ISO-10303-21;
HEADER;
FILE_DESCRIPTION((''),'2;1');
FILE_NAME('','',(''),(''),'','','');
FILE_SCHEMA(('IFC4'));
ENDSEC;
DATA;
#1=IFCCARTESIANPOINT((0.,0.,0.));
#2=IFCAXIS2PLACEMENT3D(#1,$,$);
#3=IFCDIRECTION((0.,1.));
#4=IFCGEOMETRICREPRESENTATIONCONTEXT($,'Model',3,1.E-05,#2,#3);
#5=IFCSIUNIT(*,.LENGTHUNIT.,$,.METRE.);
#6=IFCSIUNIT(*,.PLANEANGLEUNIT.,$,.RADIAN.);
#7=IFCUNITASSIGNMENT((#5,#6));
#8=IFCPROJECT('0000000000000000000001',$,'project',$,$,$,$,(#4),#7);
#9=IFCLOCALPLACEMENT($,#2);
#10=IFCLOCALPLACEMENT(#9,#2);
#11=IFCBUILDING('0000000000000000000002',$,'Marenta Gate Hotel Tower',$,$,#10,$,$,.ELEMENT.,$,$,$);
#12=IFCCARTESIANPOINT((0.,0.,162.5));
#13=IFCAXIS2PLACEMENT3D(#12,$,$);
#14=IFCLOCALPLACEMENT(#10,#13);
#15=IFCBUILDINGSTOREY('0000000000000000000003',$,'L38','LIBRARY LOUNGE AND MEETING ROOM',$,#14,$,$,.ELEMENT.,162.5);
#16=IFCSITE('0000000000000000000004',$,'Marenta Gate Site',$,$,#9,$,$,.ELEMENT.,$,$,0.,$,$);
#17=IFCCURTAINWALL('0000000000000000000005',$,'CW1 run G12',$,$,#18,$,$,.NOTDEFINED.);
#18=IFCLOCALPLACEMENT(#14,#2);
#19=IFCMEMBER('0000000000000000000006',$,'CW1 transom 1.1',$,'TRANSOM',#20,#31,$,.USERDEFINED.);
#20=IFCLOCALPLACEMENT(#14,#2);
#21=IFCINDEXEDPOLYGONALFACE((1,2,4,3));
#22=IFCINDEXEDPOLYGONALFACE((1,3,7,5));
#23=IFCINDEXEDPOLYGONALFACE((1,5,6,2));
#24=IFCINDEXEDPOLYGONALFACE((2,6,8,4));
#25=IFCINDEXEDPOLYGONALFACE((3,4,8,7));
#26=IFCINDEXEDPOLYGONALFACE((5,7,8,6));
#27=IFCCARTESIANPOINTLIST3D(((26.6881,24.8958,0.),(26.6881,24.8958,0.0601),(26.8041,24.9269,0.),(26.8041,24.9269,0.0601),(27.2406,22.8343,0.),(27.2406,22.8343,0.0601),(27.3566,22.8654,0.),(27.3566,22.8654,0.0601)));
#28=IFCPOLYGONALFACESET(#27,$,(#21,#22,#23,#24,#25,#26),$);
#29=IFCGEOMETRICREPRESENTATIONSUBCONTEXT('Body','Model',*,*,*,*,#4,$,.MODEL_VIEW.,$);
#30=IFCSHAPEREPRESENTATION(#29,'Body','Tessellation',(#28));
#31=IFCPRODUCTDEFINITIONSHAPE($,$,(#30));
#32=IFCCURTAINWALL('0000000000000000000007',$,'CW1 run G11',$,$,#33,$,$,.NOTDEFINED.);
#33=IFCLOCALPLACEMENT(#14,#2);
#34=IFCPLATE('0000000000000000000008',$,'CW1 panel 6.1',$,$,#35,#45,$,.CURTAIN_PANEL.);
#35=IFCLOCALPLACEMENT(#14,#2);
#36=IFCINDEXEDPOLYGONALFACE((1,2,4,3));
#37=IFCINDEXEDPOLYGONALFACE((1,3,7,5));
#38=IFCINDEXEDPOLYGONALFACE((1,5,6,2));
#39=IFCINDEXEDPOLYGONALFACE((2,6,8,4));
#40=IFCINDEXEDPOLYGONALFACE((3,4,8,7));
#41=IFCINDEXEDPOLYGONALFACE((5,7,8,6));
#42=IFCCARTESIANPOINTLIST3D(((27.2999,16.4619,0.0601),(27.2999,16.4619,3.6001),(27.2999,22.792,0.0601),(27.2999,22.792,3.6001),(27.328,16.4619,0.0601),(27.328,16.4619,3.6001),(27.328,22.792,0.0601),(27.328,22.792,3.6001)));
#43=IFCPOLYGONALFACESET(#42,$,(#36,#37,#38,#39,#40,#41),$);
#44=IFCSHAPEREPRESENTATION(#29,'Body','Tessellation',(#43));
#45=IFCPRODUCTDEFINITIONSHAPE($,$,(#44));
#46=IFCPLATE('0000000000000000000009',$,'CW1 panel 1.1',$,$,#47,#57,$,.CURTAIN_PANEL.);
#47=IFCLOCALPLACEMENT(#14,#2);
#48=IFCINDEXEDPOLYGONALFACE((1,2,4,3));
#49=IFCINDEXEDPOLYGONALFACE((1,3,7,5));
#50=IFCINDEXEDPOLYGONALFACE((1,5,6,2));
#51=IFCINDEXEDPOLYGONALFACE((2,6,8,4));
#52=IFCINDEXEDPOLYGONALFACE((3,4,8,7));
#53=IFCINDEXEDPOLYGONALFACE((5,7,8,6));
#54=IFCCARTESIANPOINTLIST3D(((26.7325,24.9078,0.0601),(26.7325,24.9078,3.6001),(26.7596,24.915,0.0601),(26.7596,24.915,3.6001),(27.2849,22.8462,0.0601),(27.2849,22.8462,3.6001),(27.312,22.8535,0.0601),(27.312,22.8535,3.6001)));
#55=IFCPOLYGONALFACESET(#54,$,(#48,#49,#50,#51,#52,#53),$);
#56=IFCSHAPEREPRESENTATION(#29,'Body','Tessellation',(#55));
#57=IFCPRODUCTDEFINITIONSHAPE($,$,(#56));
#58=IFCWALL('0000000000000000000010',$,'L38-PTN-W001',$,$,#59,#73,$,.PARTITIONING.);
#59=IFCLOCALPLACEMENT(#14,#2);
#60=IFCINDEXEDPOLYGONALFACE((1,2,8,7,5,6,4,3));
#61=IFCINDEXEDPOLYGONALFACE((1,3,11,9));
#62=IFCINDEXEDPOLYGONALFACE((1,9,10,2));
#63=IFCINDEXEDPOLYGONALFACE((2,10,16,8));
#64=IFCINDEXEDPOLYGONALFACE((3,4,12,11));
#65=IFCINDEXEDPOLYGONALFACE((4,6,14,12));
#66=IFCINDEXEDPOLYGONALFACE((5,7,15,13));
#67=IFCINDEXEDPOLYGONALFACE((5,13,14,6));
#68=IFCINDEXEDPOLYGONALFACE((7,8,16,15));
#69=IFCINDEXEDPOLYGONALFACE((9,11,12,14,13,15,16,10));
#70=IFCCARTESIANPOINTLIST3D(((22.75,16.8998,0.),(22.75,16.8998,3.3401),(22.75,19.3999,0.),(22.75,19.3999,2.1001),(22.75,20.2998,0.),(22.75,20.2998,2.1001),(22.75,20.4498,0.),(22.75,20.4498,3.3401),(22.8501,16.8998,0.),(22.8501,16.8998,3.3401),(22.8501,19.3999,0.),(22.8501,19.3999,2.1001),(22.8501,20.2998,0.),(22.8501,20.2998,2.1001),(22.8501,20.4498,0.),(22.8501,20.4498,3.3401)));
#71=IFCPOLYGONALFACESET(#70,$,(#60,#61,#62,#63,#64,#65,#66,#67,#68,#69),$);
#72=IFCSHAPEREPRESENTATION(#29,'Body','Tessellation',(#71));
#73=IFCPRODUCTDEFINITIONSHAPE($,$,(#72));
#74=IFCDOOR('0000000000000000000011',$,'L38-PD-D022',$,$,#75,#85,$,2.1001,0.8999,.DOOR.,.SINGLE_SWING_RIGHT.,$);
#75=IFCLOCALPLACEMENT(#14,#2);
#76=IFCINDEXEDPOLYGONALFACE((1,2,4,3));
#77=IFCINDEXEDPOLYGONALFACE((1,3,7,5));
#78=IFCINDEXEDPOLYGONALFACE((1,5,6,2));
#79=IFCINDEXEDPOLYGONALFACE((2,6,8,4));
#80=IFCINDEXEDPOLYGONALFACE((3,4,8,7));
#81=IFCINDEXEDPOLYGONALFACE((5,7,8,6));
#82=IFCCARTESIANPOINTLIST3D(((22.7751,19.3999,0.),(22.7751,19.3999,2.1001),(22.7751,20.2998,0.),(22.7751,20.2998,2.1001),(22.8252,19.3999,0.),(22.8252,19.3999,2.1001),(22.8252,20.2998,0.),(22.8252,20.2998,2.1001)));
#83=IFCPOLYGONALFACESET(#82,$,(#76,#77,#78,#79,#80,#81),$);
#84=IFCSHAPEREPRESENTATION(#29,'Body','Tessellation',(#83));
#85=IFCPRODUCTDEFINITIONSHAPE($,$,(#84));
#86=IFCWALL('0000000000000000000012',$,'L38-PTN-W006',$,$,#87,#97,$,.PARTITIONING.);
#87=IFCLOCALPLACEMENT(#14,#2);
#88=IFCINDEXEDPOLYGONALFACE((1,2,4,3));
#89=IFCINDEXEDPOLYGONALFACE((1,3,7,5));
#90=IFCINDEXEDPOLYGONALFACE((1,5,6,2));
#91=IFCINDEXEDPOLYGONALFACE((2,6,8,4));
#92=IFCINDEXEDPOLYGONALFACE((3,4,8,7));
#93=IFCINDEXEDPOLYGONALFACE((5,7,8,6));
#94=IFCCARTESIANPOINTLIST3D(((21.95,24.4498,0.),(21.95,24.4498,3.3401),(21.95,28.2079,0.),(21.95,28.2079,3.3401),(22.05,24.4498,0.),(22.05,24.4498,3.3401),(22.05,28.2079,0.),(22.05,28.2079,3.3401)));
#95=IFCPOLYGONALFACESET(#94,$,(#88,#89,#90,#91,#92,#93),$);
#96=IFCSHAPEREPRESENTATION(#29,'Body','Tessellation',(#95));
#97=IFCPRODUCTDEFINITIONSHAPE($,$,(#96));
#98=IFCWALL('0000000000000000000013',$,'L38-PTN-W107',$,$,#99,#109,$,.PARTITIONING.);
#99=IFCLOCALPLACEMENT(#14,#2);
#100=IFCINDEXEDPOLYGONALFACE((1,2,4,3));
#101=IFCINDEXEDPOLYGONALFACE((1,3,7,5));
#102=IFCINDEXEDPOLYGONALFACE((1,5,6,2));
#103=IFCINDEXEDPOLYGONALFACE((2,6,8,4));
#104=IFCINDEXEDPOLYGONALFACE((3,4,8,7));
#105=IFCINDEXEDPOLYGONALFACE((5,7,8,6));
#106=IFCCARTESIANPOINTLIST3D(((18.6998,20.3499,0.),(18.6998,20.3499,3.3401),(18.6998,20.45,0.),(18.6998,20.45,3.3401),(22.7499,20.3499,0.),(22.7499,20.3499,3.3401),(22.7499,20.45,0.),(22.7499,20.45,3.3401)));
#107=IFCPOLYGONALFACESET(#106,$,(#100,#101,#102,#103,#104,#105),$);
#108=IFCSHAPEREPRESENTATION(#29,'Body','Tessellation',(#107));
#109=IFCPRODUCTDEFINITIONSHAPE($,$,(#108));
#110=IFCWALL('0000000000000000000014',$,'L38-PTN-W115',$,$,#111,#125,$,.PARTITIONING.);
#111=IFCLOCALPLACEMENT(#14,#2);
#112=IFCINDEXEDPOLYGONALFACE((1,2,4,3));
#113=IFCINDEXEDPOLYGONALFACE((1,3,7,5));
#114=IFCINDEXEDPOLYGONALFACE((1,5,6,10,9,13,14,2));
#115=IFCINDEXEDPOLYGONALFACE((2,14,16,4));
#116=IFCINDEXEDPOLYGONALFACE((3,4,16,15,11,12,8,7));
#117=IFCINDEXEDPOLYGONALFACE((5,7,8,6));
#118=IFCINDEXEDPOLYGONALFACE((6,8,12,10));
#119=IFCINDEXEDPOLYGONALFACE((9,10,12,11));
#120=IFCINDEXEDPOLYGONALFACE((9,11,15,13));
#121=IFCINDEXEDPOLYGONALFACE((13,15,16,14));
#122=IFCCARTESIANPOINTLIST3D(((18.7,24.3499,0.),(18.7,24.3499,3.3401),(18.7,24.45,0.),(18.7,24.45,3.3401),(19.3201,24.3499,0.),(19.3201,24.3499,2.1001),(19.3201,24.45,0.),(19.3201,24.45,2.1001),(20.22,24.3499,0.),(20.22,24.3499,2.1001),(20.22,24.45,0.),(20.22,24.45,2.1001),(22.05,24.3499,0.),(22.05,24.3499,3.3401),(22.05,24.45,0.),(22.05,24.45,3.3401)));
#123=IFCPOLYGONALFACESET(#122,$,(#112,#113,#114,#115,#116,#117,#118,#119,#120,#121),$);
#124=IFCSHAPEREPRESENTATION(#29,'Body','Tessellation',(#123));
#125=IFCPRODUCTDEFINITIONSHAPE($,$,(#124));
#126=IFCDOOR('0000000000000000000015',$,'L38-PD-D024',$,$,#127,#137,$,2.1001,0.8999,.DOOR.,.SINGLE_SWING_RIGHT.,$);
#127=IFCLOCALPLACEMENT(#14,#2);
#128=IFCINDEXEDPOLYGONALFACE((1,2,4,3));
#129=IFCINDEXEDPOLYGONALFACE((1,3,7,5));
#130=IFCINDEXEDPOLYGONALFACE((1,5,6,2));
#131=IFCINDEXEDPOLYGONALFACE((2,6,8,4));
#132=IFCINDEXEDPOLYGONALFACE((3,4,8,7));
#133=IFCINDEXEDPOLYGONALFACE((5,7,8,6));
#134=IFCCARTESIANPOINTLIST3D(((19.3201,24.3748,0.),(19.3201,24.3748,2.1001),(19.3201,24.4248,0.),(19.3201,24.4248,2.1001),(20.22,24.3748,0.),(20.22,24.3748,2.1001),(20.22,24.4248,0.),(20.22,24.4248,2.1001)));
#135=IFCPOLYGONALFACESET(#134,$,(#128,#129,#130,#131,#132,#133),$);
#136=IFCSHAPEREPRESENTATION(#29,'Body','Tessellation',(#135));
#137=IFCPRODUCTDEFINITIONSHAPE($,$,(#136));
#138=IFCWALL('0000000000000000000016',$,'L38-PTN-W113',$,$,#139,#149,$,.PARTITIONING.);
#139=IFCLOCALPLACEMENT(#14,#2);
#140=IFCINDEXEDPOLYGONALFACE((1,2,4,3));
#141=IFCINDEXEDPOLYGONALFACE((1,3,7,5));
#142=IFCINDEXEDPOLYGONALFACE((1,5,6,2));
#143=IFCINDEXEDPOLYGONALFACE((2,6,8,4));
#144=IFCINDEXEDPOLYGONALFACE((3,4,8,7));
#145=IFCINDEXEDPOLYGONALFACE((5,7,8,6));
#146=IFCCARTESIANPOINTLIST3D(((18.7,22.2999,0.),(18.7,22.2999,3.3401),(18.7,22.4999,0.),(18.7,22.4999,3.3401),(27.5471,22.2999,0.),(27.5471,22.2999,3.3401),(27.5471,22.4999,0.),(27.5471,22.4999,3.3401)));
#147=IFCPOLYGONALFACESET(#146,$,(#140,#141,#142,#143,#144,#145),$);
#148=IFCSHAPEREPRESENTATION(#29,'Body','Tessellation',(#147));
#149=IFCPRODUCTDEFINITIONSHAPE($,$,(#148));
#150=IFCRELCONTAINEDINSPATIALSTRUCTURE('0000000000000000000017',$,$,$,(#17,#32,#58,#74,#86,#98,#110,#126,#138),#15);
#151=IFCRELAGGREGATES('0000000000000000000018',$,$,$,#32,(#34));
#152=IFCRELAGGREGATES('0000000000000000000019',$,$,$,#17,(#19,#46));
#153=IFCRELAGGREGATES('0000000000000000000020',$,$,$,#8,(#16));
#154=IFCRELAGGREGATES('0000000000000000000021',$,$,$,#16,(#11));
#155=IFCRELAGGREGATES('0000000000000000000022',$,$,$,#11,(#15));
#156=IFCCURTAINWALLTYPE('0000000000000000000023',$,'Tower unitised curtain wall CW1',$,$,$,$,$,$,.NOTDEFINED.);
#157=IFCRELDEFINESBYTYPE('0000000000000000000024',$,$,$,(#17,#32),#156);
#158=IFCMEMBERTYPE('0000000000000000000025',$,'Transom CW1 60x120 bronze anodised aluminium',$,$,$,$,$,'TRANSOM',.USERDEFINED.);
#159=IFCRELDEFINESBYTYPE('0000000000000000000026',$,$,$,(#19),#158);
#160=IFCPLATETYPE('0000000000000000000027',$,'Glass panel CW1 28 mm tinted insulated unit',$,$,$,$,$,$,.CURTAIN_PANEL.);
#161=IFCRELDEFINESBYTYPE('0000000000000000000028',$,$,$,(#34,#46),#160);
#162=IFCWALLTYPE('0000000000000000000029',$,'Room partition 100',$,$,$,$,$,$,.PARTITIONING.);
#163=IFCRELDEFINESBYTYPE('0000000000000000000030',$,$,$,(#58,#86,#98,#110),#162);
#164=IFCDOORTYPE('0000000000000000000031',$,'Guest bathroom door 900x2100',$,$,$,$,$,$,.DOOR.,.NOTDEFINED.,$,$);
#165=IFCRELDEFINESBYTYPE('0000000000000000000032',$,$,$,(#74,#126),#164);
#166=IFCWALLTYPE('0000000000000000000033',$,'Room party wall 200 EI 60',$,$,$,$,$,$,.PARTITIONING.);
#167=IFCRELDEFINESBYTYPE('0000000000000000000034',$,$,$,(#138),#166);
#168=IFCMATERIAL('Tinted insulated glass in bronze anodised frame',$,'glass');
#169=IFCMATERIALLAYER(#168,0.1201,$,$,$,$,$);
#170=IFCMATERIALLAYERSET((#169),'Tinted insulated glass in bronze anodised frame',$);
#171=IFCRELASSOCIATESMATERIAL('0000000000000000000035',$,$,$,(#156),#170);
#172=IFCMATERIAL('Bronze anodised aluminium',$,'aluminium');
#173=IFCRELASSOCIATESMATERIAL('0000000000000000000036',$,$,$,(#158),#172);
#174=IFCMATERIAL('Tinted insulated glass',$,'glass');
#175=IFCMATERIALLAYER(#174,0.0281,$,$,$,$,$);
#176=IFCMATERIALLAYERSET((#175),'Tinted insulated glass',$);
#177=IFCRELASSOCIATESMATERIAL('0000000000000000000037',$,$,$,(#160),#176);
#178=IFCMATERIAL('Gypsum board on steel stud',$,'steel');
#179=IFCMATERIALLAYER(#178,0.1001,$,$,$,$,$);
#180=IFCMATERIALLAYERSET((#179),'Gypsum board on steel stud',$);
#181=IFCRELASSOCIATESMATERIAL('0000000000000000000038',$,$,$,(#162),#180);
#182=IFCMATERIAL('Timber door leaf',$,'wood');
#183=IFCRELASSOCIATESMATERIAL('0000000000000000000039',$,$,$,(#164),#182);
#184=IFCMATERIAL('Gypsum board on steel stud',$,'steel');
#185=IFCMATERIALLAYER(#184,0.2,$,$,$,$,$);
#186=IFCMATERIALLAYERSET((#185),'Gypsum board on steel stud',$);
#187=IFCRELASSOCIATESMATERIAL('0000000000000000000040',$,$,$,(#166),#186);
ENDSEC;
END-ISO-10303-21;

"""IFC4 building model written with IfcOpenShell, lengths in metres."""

from ifc_helpers import new_model, si_unit, direction, frame, frame_2d, origin, origin_2d, place, context, subcontext, project, spatial, rectangle, extrude, material, layer, layer_set, material_profile, profile_set, type_object, element, fill, aggregate, save


model = new_model("IFC4")

# Units and contexts
model_context = context("Model", 3, precision=1e-05, world=origin(), true_north=direction((0.0, 1.0)))
body_context = subcontext(model_context, "Body", "Model", "MODEL_VIEW")
ifc_project = project(units=[si_unit("LENGTHUNIT", "METRE"), si_unit("PLANEANGLEUNIT", "RADIAN")], contexts=[model_context])

# Site, building, storey
site_placement = place(None, origin())
site = spatial("IfcSite", under=ifc_project, at=site_placement, Name="Marenta Gate Site", CompositionType="ELEMENT", RefElevation=0.0)
building_placement = place(site_placement, origin())
building = spatial("IfcBuilding", under=site, at=building_placement, Name="Marenta Gate Hotel Tower", CompositionType="ELEMENT")
storey_placement = place(building_placement, frame((0.0, 0.0, 162.5)))
storey = spatial("IfcBuildingStorey", under=building, at=storey_placement, Name="L38", Description="LIBRARY LOUNGE AND MEETING ROOM", CompositionType="ELEMENT", Elevation=162.5)

# Curtain wall
ifc_material_1 = material(Name="Tinted insulated glass in bronze anodised frame", Category="glass")
ifc_layer_1 = layer(ifc_material_1, 0.1201)
ifc_layer_set_1 = layer_set([ifc_layer_1], Name="Tinted insulated glass in bronze anodised frame")
curtain_wall_type = type_object("IfcCurtainWallType", Name="Tower unitised curtain wall CW1", PredefinedType="NOTDEFINED", material=ifc_layer_set_1)
curtain_wall_1_placement = place(storey_placement, origin())
curtain_wall_1 = element("IfcCurtainWall", 1, at=curtain_wall_1_placement, inside=storey, type_object=curtain_wall_type, Name="CW1 run G12", PredefinedType="NOTDEFINED")

# Member
ifc_material_2 = material(Name="Bronze anodised aluminium", Category="aluminium")
ifc_material_profile_1 = material_profile(ifc_material_2, rectangle(XDim=0.1201, YDim=0.0601, at=origin_2d()), Name="Transom CW1 60x120 bronze anodised aluminium")
ifc_profile_set_1 = profile_set([ifc_material_profile_1], Name="Bronze anodised aluminium")
member_type_1 = type_object("IfcMemberType", Name="Transom CW1 60x120 bronze anodised aluminium", ElementType="TRANSOM", PredefinedType="USERDEFINED", material=ifc_profile_set_1)
member_1_placement = place(storey_placement, frame((27.2986, 22.8499, 0.03), z_axis=(-0.258866, 0.965913, 0.0), x_axis=(-0.965913, -0.258866, 0.0)))
member_1 = element("IfcMember", 2, at=member_1_placement, type_object=member_type_1, Name="CW1 transom 1.1", ObjectType="TRANSOM", PredefinedType="USERDEFINED", context=body_context, shape_type="SweptSolid", body=[
    extrude(rectangle(XDim=0.1201, YDim=0.0601, at=origin_2d()), origin(), (0.0, 0.0, 1.0), 2.1343),
])

# Curtain wall, plate
curtain_wall_2_placement = place(storey_placement, origin())
curtain_wall_2 = element("IfcCurtainWall", 3, at=curtain_wall_2_placement, inside=storey, type_object=curtain_wall_type, Name="CW1 run G11", PredefinedType="NOTDEFINED")
ifc_material_3 = material(Name="Tinted insulated glass", Category="glass")
ifc_layer_2 = layer(ifc_material_3, 0.0281)
ifc_layer_set_2 = layer_set([ifc_layer_2], Name="Tinted insulated glass")
plate_type = type_object("IfcPlateType", Name="Glass panel CW1 28 mm tinted insulated unit", PredefinedType="CURTAIN_PANEL", material=ifc_layer_set_2)
plate_1_placement = place(storey_placement, frame((27.314, 19.627, 0.0601), z_axis=(0.0, 0.0, 1.0), x_axis=(0.0, 1.0, 0.0)))
plate_1 = element("IfcPlate", 4, at=plate_1_placement, type_object=plate_type, Name="CW1 panel 6.1", PredefinedType="CURTAIN_PANEL", context=body_context, shape_type="SweptSolid", body=[
    extrude(rectangle(XDim=6.3301, YDim=0.0281, at=origin_2d()), origin(), (0.0, 0.0, 1.0), 3.54),
])
aggregate(curtain_wall_2, [plate_1])

# Plate
plate_2_placement = place(storey_placement, frame((27.0222, 23.8806, 0.0601), z_axis=(0.0, 0.0, 1.0), x_axis=(-0.258823, 0.965925, 0.0)))
plate_2 = element("IfcPlate", 5, at=plate_2_placement, type_object=plate_type, Name="CW1 panel 1.1", PredefinedType="CURTAIN_PANEL", context=body_context, shape_type="SweptSolid", body=[
    extrude(rectangle(XDim=2.1343, YDim=0.0281, at=origin_2d()), origin(), (0.0, 0.0, 1.0), 3.54),
])
aggregate(curtain_wall_1, [member_1, plate_2])

# Wall, opening, door
ifc_material_4 = material(Name="Gypsum board on steel stud", Category="steel")
ifc_layer_3 = layer(ifc_material_4, 0.1001)
ifc_layer_set_3 = layer_set([ifc_layer_3], Name="Gypsum board on steel stud")
wall_type_1 = type_object("IfcWallType", Name="Room partition 100", PredefinedType="PARTITIONING", material=ifc_layer_set_3)
wall_1_placement = place(storey_placement, frame((22.8, 16.8999, 0.0), z_axis=(0.0, 0.0, 1.0), x_axis=(0.0, 1.0, 0.0)))
wall_1 = element("IfcWall", 6, at=wall_1_placement, inside=storey, type_object=wall_type_1, Name="L38-PTN-W001", PredefinedType="PARTITIONING", context=body_context, shape_type="SweptSolid", body=[
    extrude(rectangle(XDim=3.55, YDim=0.1001, at=frame_2d((1.7749, 0.0))), origin(), (0.0, 0.0, 1.0), 3.3401),
])
opening_1_placement = place(wall_1_placement, frame((2.5, 0.0, 0.0)))
opening_1 = element("IfcOpeningElement", 7, at=opening_1_placement, cuts=wall_1, PredefinedType="OPENING", context=body_context, shape_type="SweptSolid", body=[
    extrude(rectangle(XDim=0.8999, YDim=2.1001, at=frame_2d((0.45, 1.05))), frame((0.0, 0.05, 0.0), z_axis=(0.0, -1.0, 0.0), x_axis=(1.0, 0.0, 0.0)), (0.0, 0.0, 1.0), 0.1001),
])
ifc_material_5 = material(Name="Timber door leaf", Category="wood")
door_type = type_object("IfcDoorType", Name="Guest bathroom door 900x2100", OperationType="NOTDEFINED", PredefinedType="DOOR", material=ifc_material_5)
door_1_placement = place(opening_1_placement, origin())
door_1 = element("IfcDoor", 8, at=door_1_placement, inside=storey, type_object=door_type, Name="L38-PD-D022", OperationType="SINGLE_SWING_RIGHT", OverallHeight=2.1001, OverallWidth=0.8999, PredefinedType="DOOR", context=body_context, shape_type="SweptSolid", body=[
    extrude(rectangle(XDim=0.8999, YDim=2.1001, at=frame_2d((0.45, 1.05))), frame((0.0, 0.0249, 0.0), z_axis=(0.0, -1.0, 0.0), x_axis=(1.0, 0.0, 0.0)), (0.0, 0.0, 1.0), 0.05),
])
fill(opening_1, door_1)

# Walls
wall_2_placement = place(storey_placement, frame((22.0, 24.45, 0.0), z_axis=(0.0, 0.0, 1.0), x_axis=(0.0, 1.0, 0.0)))
element("IfcWall", 9, at=wall_2_placement, inside=storey, type_object=wall_type_1, Name="L38-PTN-W006", PredefinedType="PARTITIONING", context=body_context, shape_type="SweptSolid", body=[
    extrude(rectangle(XDim=3.7581, YDim=0.1001, at=frame_2d((1.8789, 0.0))), origin(), (0.0, 0.0, 1.0), 3.3401),
])
wall_3_placement = place(storey_placement, frame((18.7, 20.3999, 0.0), z_axis=(0.0, 0.0, 1.0), x_axis=(1.0, 0.0, 0.0)))
element("IfcWall", 10, at=wall_3_placement, inside=storey, type_object=wall_type_1, Name="L38-PTN-W107", PredefinedType="PARTITIONING", context=body_context, shape_type="SweptSolid", body=[
    extrude(rectangle(XDim=4.05, YDim=0.1001, at=frame_2d((2.0249, 0.0))), origin(), (0.0, 0.0, 1.0), 3.3401),
])

# Wall, opening, door
wall_4_placement = place(storey_placement, frame((18.7, 24.3999, 0.0), z_axis=(0.0, 0.0, 1.0), x_axis=(1.0, 0.0, 0.0)))
wall_4 = element("IfcWall", 11, at=wall_4_placement, inside=storey, type_object=wall_type_1, Name="L38-PTN-W115", PredefinedType="PARTITIONING", context=body_context, shape_type="SweptSolid", body=[
    extrude(rectangle(XDim=3.3501, YDim=0.1001, at=frame_2d((1.675, 0.0))), origin(), (0.0, 0.0, 1.0), 3.3401),
])
opening_2_placement = place(wall_4_placement, frame((0.6201, 0.0, 0.0)))
opening_2 = element("IfcOpeningElement", 12, at=opening_2_placement, cuts=wall_4, PredefinedType="OPENING", context=body_context, shape_type="SweptSolid", body=[
    extrude(rectangle(XDim=0.8999, YDim=2.1001, at=frame_2d((0.45, 1.05))), frame((0.0, 0.05, 0.0), z_axis=(0.0, -1.0, 0.0), x_axis=(1.0, 0.0, 0.0)), (0.0, 0.0, 1.0), 0.1001),
])
door_2_placement = place(opening_2_placement, origin())
door_2 = element("IfcDoor", 13, at=door_2_placement, inside=storey, type_object=door_type, Name="L38-PD-D024", OperationType="SINGLE_SWING_RIGHT", OverallHeight=2.1001, OverallWidth=0.8999, PredefinedType="DOOR", context=body_context, shape_type="SweptSolid", body=[
    extrude(rectangle(XDim=0.8999, YDim=2.1001, at=frame_2d((0.45, 1.05))), frame((0.0, 0.0249, 0.0), z_axis=(0.0, -1.0, 0.0), x_axis=(1.0, 0.0, 0.0)), (0.0, 0.0, 1.0), 0.05),
])
fill(opening_2, door_2)

# Wall
ifc_material_6 = material(Name="Gypsum board on steel stud", Category="steel")
ifc_layer_4 = layer(ifc_material_6, 0.2)
ifc_layer_set_4 = layer_set([ifc_layer_4], Name="Gypsum board on steel stud")
wall_type_2 = type_object("IfcWallType", Name="Room party wall 200 EI 60", PredefinedType="PARTITIONING", material=ifc_layer_set_4)
wall_5_placement = place(storey_placement, frame((18.7, 22.3999, 0.0), z_axis=(0.0, 0.0, 1.0), x_axis=(1.0, 0.0, 0.0)))
element("IfcWall", 14, at=wall_5_placement, inside=storey, type_object=wall_type_2, Name="L38-PTN-W113", PredefinedType="PARTITIONING", context=body_context, shape_type="SweptSolid", body=[
    extrude(rectangle(XDim=8.8472, YDim=0.2, at=frame_2d((4.4236, 0.0))), origin(), (0.0, 0.0, 1.0), 3.3401),
])

save(model, "model.ifc")
